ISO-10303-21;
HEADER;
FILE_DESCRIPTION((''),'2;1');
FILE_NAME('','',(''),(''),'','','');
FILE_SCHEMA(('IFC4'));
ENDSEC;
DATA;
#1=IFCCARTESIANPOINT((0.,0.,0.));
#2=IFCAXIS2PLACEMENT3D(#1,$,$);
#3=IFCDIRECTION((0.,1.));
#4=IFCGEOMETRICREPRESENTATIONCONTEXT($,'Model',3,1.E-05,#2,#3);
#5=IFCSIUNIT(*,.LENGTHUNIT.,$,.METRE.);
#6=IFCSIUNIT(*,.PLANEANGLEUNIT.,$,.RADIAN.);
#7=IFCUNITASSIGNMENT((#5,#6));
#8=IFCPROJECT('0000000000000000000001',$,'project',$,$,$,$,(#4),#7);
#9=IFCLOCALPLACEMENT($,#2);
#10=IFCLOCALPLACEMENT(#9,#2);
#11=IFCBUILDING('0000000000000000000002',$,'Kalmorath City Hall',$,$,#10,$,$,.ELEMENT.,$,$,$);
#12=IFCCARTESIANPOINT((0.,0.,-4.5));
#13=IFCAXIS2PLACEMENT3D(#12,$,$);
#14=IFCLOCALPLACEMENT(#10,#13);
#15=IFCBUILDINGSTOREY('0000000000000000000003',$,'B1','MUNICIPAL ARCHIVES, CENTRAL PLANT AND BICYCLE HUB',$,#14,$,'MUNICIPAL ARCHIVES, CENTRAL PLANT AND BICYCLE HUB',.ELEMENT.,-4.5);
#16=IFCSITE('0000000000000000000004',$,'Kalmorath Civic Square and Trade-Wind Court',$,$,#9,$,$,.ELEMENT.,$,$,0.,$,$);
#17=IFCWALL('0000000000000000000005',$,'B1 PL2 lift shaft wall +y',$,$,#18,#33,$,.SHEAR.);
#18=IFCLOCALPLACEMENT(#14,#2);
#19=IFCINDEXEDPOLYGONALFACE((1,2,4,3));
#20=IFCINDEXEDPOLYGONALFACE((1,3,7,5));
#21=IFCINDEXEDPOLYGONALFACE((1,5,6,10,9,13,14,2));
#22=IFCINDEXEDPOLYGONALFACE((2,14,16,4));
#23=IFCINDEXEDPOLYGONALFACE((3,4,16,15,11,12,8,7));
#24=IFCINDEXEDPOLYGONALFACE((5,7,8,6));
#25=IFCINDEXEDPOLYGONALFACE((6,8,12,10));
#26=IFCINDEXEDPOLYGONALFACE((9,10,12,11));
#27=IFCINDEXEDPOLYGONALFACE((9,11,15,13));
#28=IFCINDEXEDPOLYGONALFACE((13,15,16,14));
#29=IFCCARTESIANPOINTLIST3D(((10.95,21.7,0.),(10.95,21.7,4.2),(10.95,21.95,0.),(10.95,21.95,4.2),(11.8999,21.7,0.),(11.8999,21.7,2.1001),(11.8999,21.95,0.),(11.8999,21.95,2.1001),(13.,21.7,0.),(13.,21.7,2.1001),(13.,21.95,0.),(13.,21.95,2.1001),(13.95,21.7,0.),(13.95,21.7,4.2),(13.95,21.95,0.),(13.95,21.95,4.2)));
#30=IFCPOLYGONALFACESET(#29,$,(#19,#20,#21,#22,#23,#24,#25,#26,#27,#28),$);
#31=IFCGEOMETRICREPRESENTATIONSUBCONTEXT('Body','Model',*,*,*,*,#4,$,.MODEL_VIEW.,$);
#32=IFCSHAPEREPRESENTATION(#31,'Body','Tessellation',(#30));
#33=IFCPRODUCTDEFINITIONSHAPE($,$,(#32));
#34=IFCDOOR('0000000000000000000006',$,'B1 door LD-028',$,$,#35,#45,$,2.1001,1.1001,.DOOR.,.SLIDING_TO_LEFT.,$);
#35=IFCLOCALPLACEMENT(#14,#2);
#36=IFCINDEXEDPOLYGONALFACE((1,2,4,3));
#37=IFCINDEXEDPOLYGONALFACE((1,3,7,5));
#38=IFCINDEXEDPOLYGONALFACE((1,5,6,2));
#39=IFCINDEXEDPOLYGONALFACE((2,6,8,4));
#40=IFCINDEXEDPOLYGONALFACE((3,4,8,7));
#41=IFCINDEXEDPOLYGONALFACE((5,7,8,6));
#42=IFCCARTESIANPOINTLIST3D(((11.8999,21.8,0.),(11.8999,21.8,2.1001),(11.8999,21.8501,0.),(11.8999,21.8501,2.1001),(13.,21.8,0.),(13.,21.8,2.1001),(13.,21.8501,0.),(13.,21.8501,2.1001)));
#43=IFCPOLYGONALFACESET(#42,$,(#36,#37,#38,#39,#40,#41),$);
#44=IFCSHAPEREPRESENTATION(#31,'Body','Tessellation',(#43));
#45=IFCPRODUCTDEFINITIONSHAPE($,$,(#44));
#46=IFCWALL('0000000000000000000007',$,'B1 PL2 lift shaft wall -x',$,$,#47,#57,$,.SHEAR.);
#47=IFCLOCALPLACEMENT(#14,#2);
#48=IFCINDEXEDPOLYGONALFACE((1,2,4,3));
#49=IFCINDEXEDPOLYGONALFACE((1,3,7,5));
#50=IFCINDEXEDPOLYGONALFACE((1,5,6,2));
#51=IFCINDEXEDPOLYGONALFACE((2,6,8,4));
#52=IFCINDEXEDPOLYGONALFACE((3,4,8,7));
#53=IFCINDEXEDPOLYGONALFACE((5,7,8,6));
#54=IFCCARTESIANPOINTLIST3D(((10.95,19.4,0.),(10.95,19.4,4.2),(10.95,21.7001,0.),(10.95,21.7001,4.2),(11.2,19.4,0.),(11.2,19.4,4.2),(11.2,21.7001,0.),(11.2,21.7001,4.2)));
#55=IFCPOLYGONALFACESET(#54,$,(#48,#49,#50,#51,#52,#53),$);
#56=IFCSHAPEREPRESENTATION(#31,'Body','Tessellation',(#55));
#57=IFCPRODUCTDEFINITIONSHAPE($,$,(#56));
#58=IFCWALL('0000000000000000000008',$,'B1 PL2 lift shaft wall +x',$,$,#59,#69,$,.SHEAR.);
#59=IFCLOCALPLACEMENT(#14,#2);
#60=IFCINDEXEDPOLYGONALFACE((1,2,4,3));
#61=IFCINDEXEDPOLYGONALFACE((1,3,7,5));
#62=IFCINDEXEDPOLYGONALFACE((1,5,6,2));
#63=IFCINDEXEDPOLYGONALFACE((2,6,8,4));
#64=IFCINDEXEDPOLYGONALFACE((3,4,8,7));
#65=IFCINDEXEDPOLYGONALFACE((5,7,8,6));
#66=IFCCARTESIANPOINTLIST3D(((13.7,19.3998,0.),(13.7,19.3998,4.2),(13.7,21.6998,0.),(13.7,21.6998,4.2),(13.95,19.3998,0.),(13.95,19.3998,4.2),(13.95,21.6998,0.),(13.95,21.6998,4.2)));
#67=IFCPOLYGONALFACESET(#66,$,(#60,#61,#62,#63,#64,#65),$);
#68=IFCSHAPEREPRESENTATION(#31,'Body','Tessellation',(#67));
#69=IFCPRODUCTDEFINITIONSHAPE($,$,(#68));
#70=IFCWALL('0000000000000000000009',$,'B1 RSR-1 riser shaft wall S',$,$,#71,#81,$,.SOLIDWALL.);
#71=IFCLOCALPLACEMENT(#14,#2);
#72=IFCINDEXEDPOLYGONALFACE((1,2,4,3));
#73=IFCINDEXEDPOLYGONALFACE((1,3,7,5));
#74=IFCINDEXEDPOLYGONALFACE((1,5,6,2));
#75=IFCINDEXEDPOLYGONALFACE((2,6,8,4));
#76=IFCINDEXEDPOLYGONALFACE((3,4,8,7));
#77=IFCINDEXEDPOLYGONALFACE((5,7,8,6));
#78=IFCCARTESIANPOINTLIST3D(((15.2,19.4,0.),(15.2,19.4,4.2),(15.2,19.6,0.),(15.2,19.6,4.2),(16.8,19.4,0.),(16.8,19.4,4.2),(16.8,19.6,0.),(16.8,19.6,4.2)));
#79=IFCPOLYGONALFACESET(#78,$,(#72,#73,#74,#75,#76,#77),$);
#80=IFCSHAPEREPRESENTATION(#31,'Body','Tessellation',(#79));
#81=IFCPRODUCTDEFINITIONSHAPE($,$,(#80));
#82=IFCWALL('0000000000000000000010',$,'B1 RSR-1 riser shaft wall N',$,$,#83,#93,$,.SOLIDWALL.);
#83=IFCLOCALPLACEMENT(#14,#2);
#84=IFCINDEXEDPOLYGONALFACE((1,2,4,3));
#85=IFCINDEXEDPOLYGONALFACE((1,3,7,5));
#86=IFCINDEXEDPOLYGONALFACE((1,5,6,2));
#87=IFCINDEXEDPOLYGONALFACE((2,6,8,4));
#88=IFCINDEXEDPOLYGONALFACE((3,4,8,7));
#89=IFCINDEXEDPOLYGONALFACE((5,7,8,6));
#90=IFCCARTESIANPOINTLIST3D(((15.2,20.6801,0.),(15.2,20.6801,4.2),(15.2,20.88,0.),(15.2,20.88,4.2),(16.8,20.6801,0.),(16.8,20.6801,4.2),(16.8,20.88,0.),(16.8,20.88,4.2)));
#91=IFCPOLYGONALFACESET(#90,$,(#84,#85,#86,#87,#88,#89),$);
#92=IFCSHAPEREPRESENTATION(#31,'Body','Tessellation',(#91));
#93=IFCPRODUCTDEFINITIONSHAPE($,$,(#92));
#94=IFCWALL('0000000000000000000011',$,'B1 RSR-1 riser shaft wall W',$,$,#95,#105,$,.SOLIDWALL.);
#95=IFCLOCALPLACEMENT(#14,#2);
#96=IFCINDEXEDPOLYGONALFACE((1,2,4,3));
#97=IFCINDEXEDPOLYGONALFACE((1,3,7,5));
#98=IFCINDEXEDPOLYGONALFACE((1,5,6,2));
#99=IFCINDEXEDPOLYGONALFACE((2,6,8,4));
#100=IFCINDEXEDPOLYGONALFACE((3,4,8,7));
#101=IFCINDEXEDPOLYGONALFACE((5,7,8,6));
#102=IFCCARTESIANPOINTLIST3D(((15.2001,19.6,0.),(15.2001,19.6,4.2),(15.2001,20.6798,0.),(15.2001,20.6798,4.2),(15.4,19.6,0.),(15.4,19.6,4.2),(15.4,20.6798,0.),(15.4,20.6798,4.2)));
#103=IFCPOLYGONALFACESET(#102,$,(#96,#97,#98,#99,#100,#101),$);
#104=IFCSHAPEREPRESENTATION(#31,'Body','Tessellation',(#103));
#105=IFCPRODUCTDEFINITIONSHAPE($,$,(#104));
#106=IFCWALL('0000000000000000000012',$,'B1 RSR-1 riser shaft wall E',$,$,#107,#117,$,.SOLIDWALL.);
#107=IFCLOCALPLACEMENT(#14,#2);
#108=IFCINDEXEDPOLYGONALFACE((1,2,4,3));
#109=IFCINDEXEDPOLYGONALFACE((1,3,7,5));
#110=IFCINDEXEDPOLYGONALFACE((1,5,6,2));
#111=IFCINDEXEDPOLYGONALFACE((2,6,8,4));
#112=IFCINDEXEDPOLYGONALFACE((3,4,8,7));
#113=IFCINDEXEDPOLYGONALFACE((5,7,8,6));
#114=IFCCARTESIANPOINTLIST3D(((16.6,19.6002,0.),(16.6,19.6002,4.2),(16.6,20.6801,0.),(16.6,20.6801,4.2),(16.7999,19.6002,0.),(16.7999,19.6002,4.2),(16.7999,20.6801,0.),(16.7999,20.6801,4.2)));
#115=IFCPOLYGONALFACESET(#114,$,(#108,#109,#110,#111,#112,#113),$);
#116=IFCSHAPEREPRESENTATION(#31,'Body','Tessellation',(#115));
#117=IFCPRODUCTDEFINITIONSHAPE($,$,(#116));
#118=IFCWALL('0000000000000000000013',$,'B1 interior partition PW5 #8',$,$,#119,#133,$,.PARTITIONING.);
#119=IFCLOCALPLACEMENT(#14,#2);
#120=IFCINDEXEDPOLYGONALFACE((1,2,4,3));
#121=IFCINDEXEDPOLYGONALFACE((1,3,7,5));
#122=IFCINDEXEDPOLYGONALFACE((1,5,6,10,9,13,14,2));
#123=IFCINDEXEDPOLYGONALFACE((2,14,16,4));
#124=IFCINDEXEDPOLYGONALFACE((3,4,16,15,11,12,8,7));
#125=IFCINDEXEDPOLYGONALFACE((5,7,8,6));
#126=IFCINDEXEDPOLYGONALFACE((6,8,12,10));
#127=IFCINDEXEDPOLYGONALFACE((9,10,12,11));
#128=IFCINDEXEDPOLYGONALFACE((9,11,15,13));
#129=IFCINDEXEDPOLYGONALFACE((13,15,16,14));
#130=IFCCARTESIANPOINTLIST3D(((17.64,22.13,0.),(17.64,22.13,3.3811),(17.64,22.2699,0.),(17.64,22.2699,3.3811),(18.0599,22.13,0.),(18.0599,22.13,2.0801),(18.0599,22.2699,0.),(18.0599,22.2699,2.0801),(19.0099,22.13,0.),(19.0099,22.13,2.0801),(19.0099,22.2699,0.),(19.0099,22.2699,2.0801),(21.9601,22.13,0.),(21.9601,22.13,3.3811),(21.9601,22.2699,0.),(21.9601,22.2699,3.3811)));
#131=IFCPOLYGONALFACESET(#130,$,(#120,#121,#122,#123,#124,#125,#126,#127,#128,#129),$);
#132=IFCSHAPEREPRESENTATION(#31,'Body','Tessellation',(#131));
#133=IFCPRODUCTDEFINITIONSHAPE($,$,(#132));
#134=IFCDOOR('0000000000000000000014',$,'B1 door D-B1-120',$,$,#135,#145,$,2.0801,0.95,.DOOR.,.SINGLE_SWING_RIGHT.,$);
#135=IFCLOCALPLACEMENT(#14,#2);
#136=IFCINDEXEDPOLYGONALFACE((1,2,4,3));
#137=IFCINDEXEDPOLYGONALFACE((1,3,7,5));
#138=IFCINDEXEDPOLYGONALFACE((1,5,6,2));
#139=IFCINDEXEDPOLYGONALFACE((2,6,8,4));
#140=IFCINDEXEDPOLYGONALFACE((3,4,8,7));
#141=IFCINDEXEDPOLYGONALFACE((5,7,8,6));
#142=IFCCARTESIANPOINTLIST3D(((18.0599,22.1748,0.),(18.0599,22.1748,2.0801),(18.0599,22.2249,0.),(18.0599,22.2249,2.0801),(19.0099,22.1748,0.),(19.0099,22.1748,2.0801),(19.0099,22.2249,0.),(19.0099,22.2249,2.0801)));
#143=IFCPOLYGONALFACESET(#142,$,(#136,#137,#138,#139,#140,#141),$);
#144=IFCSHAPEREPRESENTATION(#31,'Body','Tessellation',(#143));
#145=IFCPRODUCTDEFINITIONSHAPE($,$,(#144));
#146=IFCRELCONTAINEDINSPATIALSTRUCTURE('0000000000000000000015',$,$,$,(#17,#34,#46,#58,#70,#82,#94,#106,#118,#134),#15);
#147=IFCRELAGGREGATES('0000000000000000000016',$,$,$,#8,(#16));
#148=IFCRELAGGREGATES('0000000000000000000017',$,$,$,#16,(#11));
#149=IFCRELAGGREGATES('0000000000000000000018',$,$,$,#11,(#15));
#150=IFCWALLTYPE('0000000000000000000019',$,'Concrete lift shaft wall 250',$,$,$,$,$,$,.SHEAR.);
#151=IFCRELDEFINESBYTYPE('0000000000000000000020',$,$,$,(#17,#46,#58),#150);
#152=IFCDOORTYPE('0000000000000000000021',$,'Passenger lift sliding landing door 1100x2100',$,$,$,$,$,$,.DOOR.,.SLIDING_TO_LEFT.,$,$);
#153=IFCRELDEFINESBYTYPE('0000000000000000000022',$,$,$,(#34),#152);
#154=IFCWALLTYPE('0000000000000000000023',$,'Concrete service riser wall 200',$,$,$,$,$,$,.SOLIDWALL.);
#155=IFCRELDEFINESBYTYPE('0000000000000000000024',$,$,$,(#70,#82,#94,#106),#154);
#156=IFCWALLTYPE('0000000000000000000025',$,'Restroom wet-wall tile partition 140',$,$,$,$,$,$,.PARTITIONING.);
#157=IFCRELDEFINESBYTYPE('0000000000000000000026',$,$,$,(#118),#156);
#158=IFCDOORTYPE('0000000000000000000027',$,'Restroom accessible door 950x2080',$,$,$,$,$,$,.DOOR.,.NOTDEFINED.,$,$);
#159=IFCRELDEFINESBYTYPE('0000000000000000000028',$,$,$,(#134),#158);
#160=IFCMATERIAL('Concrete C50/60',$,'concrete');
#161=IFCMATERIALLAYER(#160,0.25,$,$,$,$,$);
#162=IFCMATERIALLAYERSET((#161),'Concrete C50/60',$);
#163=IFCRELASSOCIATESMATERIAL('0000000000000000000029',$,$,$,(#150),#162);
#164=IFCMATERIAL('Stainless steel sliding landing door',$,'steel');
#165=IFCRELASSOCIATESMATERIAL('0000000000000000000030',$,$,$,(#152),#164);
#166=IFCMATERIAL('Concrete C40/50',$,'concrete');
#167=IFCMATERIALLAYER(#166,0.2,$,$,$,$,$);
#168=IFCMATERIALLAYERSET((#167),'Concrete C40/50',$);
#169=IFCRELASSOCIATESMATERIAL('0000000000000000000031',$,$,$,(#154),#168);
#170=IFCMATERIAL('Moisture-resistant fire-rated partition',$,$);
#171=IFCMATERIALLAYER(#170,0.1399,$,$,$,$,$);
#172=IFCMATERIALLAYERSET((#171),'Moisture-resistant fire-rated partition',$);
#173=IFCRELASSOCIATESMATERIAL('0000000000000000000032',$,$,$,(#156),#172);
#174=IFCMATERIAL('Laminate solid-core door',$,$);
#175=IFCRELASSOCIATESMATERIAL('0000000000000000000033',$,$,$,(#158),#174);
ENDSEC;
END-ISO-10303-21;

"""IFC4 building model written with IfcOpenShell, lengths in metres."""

from ifc_helpers import new_model, si_unit, direction, frame, frame_2d, origin, place, context, subcontext, project, spatial, rectangle, extrude, material, layer, layer_set, type_object, element, fill, save


model = new_model("IFC4")

# Units and contexts
model_context = context("Model", 3, precision=1e-05, world=origin(), true_north=direction((0.0, 1.0)))
body_context = subcontext(model_context, "Body", "Model", "MODEL_VIEW")
ifc_project = project(units=[si_unit("LENGTHUNIT", "METRE"), si_unit("PLANEANGLEUNIT", "RADIAN")], contexts=[model_context])

# Site, building, storey
site_placement = place(None, origin())
site = spatial("IfcSite", under=ifc_project, at=site_placement, Name="Kalmorath Civic Square and Trade-Wind Court", CompositionType="ELEMENT", RefElevation=0.0)
building_placement = place(site_placement, origin())
building = spatial("IfcBuilding", under=site, at=building_placement, Name="Kalmorath City Hall", CompositionType="ELEMENT")
storey_placement = place(building_placement, frame((0.0, 0.0, -4.5)))
storey = spatial("IfcBuildingStorey", under=building, at=storey_placement, Name="B1", Description="MUNICIPAL ARCHIVES, CENTRAL PLANT AND BICYCLE HUB", LongName="MUNICIPAL ARCHIVES, CENTRAL PLANT AND BICYCLE HUB", CompositionType="ELEMENT", Elevation=-4.5)

# Shared definitions
ifc_material_1 = material(Name="Concrete C50/60", Category="concrete")
ifc_layer_1 = layer(ifc_material_1, 0.25)
ifc_layer_set_1 = layer_set([ifc_layer_1], Name="Concrete C50/60")
wall_type_1 = type_object("IfcWallType", Name="Concrete lift shaft wall 250", PredefinedType="SHEAR", material=ifc_layer_set_1)
ifc_material_2 = material(Name="Stainless steel sliding landing door", Category="steel")
door_type_1 = type_object("IfcDoorType", Name="Passenger lift sliding landing door 1100x2100", OperationType="SLIDING_TO_LEFT", PredefinedType="DOOR", material=ifc_material_2)

# Wall, opening, door
wall_1_placement = place(storey_placement, frame((13.95, 21.825, 0.0), z_axis=(0.0, 0.0, 1.0), x_axis=(-1.0, 0.0, 0.0)))
wall_1 = element("IfcWall", 1, at=wall_1_placement, inside=storey, type_object=wall_type_1, Name="B1 PL2 lift shaft wall +y", PredefinedType="SHEAR", context=body_context, shape_type="SweptSolid", body=[
    extrude(rectangle(XDim=3.0, YDim=0.25, at=frame_2d((1.5, 0.0))), origin(), (0.0, 0.0, 1.0), 4.2),
])
opening_1_placement = place(wall_1_placement, frame((0.95, 0.0, 0.0)))
opening_1 = element("IfcOpeningElement", 2, at=opening_1_placement, cuts=wall_1, PredefinedType="OPENING", context=body_context, shape_type="SweptSolid", body=[
    extrude(rectangle(XDim=1.1001, YDim=2.1001, at=frame_2d((0.55, 1.05))), frame((0.0, 0.135, 0.0), z_axis=(0.0, -1.0, 0.0), x_axis=(1.0, 0.0, 0.0)), (0.0, 0.0, 1.0), 0.27),
])
door_1_placement = place(opening_1_placement, origin())
door_1 = element("IfcDoor", 3, at=door_1_placement, inside=storey, type_object=door_type_1, Name="B1 door LD-028", OperationType="SLIDING_TO_LEFT", OverallHeight=2.1001, OverallWidth=1.1001, PredefinedType="DOOR", context=body_context, shape_type="SweptSolid", body=[
    extrude(rectangle(XDim=1.1001, YDim=2.1001, at=frame_2d((0.55, 1.05))), frame((0.0, 0.0249, 0.0), z_axis=(0.0, -1.0, 0.0), x_axis=(1.0, 0.0, 0.0)), (0.0, 0.0, 1.0), 0.05),
])
fill(opening_1, door_1)

# Walls
for number, where, z_axis, x_axis, name in (
    (4, (11.075, 21.7, 0.0), (0.0, 0.0, 1.0), (0.0, -1.0, 0.0), "B1 PL2 lift shaft wall -x"),
    (5, (13.825, 19.3999, 0.0), (0.0, 0.0, 1.0), (0.0, 1.0, 0.0), "B1 PL2 lift shaft wall +x"),
):
    element("IfcWall", number, at=place(storey_placement, frame(where, z_axis=z_axis, x_axis=x_axis)), inside=storey, type_object=wall_type_1, Name=name, PredefinedType="SHEAR", context=body_context, shape_type="SweptSolid", body=[
        extrude(rectangle(XDim=2.3, YDim=0.25, at=frame_2d((1.1499, 0.0))), origin(), (0.0, 0.0, 1.0), 4.2),
    ])
ifc_material_3 = material(Name="Concrete C40/50", Category="concrete")
ifc_layer_2 = layer(ifc_material_3, 0.2)
ifc_layer_set_2 = layer_set([ifc_layer_2], Name="Concrete C40/50")
wall_type_2 = type_object("IfcWallType", Name="Concrete service riser wall 200", PredefinedType="SOLIDWALL", material=ifc_layer_set_2)
for number, where, z_axis, x_axis, name in (
    (6, (15.2, 19.5, 0.0), (0.0, 0.0, 1.0), (1.0, 0.0, 0.0), "B1 RSR-1 riser shaft wall S"),
    (7, (16.8, 20.78, 0.0), (0.0, 0.0, 1.0), (-1.0, 0.0, 0.0), "B1 RSR-1 riser shaft wall N"),
):
    element("IfcWall", number, at=place(storey_placement, frame(where, z_axis=z_axis, x_axis=x_axis)), inside=storey, type_object=wall_type_2, Name=name, PredefinedType="SOLIDWALL", context=body_context, shape_type="SweptSolid", body=[
        extrude(rectangle(XDim=1.6001, YDim=0.2, at=frame_2d((0.8, 0.0))), origin(), (0.0, 0.0, 1.0), 4.2),
    ])
for number, where, z_axis, x_axis, name in (
    (8, (15.3, 20.6799, 0.0), (0.0, 0.0, 1.0), (0.0, -1.0, 0.0), "B1 RSR-1 riser shaft wall W"),
    (9, (16.7, 19.6001, 0.0), (0.0, 0.0, 1.0), (0.0, 1.0, 0.0), "B1 RSR-1 riser shaft wall E"),
):
    element("IfcWall", number, at=place(storey_placement, frame(where, z_axis=z_axis, x_axis=x_axis)), inside=storey, type_object=wall_type_2, Name=name, PredefinedType="SOLIDWALL", context=body_context, shape_type="SweptSolid", body=[
        extrude(rectangle(XDim=1.0798, YDim=0.2, at=frame_2d((0.54, 0.0))), origin(), (0.0, 0.0, 1.0), 4.2),
    ])

# Wall, opening, door
ifc_material_4 = material(Name="Moisture-resistant fire-rated partition")
ifc_layer_3 = layer(ifc_material_4, 0.1399)
ifc_layer_set_3 = layer_set([ifc_layer_3], Name="Moisture-resistant fire-rated partition")
wall_type_3 = type_object("IfcWallType", Name="Restroom wet-wall tile partition 140", PredefinedType="PARTITIONING", material=ifc_layer_set_3)
wall_2_placement = place(storey_placement, frame((17.6399, 22.2, 0.0), z_axis=(0.0, 0.0, 1.0), x_axis=(1.0, 0.0, 0.0)))
wall_2 = element("IfcWall", 10, at=wall_2_placement, inside=storey, type_object=wall_type_3, Name="B1 interior partition PW5 #8", PredefinedType="PARTITIONING", context=body_context, shape_type="SweptSolid", body=[
    extrude(rectangle(XDim=4.3201, YDim=0.1399, at=frame_2d((2.1602, 0.0))), origin(), (0.0, 0.0, 1.0), 3.3811),
])
opening_2_placement = place(wall_2_placement, frame((0.4199, 0.0, 0.0)))
opening_2 = element("IfcOpeningElement", 11, at=opening_2_placement, cuts=wall_2, PredefinedType="OPENING", context=body_context, shape_type="SweptSolid", body=[
    extrude(rectangle(XDim=0.95, YDim=2.0801, at=frame_2d((0.4751, 1.04))), frame((0.0, 0.0798, 0.0), z_axis=(0.0, -1.0, 0.0), x_axis=(1.0, 0.0, 0.0)), (0.0, 0.0, 1.0), 0.1599),
])
ifc_material_5 = material(Name="Laminate solid-core door")
door_type_2 = type_object("IfcDoorType", Name="Restroom accessible door 950x2080", OperationType="NOTDEFINED", PredefinedType="DOOR", material=ifc_material_5)
door_2_placement = place(opening_2_placement, origin())
door_2 = element("IfcDoor", 12, at=door_2_placement, inside=storey, type_object=door_type_2, Name="B1 door D-B1-120", OperationType="SINGLE_SWING_RIGHT", OverallHeight=2.0801, OverallWidth=0.95, PredefinedType="DOOR", context=body_context, shape_type="SweptSolid", body=[
    extrude(rectangle(XDim=0.95, YDim=2.0801, at=frame_2d((0.4751, 1.04))), frame((0.0, 0.0249, 0.0), z_axis=(0.0, -1.0, 0.0), x_axis=(1.0, 0.0, 0.0)), (0.0, 0.0, 1.0), 0.05),
])
fill(opening_2, door_2)

save(model, "model.ifc")
